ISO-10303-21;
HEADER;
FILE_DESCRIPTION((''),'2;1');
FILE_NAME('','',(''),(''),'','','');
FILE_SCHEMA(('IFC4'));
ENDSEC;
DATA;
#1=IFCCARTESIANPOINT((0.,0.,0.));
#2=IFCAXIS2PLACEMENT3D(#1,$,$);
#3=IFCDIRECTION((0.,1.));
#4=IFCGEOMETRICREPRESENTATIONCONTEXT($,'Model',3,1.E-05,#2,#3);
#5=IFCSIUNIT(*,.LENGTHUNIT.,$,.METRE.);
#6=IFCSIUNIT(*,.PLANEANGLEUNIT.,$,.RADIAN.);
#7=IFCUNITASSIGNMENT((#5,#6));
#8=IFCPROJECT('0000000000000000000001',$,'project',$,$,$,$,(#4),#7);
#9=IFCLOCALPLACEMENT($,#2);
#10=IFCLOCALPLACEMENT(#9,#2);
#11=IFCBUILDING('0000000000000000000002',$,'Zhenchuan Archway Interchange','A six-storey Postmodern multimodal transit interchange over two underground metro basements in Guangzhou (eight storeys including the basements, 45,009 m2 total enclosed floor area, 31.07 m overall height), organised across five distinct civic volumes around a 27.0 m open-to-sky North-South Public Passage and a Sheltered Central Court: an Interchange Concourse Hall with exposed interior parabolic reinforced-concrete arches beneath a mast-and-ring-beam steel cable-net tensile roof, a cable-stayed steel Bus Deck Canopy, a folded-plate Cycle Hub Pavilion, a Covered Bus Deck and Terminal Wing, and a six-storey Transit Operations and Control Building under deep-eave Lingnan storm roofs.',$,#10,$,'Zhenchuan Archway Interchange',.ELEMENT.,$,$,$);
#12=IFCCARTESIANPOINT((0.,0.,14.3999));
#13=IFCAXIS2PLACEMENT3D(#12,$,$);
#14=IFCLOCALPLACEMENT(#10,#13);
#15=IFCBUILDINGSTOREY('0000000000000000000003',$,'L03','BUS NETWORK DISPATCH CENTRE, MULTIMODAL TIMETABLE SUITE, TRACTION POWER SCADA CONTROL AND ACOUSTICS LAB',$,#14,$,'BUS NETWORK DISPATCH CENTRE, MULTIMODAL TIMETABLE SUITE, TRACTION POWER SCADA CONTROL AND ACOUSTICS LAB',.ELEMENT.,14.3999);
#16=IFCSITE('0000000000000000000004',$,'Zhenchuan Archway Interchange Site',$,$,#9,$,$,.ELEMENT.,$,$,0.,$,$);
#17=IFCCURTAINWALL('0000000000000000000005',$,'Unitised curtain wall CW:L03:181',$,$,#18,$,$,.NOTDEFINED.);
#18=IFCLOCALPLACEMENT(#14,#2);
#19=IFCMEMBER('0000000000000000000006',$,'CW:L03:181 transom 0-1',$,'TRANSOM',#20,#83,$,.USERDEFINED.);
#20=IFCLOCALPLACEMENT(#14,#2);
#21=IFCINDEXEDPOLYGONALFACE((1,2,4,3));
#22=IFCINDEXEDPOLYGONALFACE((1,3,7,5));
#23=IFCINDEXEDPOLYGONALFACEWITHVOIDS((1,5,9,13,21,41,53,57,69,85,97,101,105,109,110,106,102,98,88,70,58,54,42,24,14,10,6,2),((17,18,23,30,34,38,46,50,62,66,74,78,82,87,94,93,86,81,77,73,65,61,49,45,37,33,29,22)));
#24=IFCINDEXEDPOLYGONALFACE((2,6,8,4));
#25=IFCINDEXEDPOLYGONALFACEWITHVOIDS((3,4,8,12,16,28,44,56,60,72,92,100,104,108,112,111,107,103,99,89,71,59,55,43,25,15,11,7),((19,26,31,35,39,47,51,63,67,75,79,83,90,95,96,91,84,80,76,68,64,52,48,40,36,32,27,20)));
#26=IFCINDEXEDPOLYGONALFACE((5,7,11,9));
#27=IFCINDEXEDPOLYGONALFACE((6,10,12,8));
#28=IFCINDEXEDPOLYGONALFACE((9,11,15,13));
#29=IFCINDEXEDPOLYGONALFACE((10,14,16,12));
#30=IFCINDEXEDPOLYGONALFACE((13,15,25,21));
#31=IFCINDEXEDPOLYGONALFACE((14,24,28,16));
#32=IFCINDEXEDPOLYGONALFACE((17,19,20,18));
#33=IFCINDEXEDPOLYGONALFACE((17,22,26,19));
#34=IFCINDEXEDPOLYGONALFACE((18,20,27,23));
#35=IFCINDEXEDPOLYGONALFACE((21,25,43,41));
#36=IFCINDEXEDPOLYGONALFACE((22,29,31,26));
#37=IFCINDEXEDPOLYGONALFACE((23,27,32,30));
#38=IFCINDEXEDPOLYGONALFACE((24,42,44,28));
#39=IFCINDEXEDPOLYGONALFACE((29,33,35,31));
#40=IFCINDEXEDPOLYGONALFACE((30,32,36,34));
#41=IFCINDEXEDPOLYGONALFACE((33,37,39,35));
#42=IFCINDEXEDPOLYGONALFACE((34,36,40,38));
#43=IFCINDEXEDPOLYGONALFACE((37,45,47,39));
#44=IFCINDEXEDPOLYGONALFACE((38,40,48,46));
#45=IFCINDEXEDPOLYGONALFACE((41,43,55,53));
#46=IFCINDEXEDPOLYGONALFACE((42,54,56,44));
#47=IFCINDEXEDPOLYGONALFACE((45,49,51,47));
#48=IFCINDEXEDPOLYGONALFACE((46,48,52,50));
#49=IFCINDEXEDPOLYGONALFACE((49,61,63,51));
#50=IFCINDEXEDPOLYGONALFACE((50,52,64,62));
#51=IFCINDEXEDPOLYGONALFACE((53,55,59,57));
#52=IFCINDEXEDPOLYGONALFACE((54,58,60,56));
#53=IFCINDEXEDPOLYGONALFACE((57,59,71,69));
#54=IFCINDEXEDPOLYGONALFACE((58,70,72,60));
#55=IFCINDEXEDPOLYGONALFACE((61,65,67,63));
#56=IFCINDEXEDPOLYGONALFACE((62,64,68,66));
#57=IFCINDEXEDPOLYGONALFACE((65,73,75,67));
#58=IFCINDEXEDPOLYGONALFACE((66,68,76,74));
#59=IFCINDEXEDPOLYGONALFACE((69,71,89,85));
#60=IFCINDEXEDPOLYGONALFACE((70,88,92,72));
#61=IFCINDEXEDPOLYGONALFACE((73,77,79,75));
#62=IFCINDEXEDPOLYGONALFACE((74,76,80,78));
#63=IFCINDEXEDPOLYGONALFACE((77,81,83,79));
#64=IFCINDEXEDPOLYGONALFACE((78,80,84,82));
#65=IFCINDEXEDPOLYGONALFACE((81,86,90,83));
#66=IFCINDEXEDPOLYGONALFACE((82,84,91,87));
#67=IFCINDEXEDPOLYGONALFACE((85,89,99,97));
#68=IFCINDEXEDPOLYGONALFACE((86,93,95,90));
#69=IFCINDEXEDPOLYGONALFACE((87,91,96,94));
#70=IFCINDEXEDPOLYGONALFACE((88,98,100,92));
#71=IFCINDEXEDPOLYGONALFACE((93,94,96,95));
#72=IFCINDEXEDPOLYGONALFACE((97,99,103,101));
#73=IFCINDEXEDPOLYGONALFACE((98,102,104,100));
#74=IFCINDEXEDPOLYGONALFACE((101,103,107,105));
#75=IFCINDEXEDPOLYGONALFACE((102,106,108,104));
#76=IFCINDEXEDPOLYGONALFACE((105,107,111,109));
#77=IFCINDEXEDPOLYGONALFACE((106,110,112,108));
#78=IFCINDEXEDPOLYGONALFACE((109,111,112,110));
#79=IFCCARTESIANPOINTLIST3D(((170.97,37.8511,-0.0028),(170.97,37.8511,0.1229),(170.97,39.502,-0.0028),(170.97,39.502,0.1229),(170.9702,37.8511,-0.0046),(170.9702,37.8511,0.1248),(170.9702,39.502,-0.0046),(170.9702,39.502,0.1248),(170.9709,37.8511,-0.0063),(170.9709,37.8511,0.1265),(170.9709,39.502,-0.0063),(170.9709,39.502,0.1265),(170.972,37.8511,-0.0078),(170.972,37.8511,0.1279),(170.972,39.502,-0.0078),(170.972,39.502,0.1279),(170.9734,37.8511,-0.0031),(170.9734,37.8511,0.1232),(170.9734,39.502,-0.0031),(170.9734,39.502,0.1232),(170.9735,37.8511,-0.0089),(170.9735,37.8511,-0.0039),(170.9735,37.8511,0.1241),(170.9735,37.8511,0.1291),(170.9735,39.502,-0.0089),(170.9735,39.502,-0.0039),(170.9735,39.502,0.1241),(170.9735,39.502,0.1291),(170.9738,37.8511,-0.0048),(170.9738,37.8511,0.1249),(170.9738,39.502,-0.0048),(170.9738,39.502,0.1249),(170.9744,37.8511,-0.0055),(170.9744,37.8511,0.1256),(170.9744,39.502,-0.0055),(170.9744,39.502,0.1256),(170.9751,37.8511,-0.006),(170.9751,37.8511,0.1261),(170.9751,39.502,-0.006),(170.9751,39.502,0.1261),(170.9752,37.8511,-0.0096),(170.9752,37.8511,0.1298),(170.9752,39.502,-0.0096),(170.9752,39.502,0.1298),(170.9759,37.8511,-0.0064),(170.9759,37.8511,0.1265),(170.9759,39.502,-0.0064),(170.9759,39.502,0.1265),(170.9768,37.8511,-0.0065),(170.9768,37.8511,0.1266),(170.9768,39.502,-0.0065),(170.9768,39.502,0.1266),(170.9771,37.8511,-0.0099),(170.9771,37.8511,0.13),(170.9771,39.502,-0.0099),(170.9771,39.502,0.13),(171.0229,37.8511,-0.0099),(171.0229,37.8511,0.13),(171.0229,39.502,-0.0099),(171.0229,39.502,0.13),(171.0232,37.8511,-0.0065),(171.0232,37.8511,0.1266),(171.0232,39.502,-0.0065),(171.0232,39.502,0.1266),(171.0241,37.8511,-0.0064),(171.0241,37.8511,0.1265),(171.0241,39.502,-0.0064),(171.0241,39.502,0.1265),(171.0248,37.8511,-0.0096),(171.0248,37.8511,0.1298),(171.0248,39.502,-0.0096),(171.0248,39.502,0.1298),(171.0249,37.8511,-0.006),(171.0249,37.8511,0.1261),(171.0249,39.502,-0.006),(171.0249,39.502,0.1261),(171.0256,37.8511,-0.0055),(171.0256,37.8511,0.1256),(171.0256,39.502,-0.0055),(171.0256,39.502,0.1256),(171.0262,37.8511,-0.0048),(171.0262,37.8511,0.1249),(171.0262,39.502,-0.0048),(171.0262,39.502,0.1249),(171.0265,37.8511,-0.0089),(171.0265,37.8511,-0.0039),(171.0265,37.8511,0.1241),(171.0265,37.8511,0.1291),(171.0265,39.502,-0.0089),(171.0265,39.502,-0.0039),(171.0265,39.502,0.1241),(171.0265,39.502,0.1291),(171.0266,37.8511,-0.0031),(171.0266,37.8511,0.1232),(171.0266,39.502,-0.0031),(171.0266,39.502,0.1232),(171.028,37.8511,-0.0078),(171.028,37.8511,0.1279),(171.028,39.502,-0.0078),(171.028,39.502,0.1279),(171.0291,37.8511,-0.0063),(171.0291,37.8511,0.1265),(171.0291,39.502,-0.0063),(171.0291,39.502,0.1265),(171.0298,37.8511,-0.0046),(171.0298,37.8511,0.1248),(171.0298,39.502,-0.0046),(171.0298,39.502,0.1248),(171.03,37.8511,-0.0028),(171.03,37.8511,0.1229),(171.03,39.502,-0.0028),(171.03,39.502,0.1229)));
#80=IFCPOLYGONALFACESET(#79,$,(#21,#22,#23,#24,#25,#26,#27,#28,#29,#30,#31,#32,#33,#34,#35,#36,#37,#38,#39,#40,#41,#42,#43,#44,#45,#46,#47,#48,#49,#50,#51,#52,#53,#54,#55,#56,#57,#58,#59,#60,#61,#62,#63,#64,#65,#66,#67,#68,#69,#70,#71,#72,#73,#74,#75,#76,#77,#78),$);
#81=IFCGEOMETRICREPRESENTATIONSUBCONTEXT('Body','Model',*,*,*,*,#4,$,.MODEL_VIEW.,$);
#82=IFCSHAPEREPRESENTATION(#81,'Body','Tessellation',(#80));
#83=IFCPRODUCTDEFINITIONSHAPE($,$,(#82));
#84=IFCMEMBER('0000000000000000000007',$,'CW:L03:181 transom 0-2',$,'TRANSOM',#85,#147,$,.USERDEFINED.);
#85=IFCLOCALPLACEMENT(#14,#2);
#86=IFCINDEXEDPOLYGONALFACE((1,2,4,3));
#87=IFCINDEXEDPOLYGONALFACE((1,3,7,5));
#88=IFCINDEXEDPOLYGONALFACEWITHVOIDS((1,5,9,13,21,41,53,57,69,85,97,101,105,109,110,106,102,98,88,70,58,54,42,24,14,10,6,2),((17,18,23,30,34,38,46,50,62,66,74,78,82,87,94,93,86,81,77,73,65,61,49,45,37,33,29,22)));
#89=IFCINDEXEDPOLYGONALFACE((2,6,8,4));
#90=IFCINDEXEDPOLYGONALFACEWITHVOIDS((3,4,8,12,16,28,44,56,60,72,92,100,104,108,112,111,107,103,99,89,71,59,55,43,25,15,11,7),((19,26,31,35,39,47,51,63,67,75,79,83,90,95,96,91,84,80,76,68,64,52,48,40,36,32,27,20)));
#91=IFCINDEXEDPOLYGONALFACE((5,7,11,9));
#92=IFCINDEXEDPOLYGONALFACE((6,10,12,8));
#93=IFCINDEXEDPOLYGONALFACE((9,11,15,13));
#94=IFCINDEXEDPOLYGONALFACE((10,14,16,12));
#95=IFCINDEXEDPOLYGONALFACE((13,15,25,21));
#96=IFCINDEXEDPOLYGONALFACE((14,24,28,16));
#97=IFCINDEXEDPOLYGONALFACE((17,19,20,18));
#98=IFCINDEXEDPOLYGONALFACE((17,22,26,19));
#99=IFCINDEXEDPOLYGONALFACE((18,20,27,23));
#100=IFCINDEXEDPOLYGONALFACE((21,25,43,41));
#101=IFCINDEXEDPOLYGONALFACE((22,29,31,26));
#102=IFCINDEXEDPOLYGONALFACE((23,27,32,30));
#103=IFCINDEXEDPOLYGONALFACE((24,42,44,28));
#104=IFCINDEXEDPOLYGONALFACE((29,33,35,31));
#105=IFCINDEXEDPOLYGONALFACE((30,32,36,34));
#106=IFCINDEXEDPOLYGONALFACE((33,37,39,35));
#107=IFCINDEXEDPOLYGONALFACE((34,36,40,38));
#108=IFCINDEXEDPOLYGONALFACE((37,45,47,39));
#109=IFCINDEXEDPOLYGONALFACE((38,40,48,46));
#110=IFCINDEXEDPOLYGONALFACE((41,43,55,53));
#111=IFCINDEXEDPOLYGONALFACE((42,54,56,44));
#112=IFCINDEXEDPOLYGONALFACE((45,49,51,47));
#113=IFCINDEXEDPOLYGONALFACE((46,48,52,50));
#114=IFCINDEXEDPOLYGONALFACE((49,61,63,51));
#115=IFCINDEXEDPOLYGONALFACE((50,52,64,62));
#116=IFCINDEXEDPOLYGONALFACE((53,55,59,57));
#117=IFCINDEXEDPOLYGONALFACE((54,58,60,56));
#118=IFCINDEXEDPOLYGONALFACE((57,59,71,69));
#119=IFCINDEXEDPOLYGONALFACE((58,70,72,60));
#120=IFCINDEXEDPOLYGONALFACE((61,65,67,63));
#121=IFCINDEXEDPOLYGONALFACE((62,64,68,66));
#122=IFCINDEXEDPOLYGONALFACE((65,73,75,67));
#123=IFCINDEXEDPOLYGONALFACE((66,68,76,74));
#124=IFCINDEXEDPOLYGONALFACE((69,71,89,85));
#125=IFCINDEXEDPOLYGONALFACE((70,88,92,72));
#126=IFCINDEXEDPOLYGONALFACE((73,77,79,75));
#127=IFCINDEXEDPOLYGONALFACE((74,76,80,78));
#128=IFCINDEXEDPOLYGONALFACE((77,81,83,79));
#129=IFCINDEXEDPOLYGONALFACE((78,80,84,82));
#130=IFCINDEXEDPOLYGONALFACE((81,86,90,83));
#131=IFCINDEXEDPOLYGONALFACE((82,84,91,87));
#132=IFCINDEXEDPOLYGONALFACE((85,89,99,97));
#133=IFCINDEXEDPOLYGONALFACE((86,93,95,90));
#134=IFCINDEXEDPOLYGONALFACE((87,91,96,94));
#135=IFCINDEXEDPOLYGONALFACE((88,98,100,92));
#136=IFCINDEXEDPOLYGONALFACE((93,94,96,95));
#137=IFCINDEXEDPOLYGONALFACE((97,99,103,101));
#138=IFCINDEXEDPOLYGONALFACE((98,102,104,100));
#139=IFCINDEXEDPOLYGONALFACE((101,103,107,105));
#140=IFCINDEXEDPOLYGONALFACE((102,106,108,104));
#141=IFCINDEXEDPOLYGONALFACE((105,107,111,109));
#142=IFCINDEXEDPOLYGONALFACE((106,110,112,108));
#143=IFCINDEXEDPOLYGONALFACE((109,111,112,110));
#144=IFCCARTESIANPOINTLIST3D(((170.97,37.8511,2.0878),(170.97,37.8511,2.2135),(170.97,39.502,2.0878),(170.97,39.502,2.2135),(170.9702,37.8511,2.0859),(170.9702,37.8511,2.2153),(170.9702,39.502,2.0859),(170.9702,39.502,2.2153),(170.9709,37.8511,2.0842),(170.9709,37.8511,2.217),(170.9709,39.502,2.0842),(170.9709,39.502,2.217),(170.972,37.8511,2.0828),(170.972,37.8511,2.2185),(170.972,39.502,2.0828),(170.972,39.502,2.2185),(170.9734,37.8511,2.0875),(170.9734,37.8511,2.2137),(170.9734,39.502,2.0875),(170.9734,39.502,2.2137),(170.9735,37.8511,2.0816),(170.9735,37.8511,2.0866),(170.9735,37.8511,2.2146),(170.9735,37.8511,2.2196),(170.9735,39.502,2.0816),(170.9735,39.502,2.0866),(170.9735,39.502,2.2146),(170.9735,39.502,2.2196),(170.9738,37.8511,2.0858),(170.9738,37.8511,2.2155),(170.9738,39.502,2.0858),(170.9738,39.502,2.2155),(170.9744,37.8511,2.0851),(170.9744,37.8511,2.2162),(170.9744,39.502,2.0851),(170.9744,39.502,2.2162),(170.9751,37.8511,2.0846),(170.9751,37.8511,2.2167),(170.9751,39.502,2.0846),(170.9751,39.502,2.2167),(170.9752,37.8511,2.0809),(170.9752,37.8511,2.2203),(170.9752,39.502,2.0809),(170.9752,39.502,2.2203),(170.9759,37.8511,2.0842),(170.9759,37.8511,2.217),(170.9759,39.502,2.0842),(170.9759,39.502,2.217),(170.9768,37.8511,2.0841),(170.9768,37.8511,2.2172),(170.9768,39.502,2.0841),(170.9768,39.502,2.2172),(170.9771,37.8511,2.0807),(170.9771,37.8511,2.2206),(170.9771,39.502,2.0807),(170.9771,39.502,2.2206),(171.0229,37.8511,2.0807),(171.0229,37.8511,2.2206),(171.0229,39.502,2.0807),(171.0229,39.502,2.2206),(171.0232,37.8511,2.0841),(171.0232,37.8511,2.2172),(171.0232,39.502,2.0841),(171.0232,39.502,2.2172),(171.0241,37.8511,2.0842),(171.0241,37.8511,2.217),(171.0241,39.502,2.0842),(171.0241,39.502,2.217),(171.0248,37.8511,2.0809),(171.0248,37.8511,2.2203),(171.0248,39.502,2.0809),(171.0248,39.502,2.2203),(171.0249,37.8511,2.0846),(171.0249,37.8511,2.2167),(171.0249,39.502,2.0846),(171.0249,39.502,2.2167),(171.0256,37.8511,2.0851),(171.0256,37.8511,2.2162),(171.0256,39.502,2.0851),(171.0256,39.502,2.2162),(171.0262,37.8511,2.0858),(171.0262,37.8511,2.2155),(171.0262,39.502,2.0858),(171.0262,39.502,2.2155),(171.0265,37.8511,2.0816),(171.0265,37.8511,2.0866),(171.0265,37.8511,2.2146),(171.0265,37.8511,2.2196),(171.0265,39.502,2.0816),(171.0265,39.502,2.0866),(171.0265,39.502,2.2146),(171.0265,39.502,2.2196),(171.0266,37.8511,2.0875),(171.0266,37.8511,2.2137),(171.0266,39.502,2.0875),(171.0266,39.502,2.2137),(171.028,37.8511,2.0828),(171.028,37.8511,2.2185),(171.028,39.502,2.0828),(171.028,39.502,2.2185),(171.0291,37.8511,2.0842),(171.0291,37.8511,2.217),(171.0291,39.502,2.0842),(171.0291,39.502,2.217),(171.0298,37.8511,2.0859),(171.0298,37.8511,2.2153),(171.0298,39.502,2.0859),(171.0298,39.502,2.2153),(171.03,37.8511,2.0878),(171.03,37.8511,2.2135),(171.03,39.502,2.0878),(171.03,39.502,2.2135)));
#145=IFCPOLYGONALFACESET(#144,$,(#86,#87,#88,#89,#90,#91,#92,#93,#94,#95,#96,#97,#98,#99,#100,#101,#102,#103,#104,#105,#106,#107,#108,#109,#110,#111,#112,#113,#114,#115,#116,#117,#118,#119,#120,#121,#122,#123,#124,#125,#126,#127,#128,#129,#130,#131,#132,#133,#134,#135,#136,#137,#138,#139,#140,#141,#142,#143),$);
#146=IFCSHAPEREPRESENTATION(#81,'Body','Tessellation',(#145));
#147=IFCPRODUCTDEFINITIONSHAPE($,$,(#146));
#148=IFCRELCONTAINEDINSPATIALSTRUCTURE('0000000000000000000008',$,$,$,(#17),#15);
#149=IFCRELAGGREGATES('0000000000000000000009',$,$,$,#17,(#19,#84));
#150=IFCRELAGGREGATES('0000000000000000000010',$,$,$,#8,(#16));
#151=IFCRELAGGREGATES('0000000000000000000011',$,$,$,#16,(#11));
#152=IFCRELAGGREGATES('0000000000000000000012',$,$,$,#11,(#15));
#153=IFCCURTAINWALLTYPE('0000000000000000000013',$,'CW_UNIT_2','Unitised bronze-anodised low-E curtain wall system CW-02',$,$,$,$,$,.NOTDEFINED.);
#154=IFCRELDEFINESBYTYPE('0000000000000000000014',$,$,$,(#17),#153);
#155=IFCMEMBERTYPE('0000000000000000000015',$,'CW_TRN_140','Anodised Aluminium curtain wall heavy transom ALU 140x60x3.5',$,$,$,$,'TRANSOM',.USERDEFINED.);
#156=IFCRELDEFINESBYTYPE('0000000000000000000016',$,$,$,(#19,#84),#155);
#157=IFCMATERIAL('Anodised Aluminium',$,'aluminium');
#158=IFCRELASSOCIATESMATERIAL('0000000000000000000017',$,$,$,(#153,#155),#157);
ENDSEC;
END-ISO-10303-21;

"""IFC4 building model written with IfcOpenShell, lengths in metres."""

from ifc_helpers import new_model, si_unit, direction, frame, origin, origin_2d, place, context, subcontext, project, spatial, hollow_rectangle, extrude, material, material_profile, profile_set, type_object, element, aggregate, save


model = new_model("IFC4")

# Units and contexts
model_context = context("Model", 3, precision=1e-05, world=origin(), true_north=direction((0.0, 1.0)))
body_context = subcontext(model_context, "Body", "Model", "MODEL_VIEW")
ifc_project = project(units=[si_unit("LENGTHUNIT", "METRE"), si_unit("PLANEANGLEUNIT", "RADIAN")], contexts=[model_context])

# Site, building, storey
site_placement = place(None, origin())
site = spatial("IfcSite", under=ifc_project, at=site_placement, Name="Zhenchuan Archway Interchange Site", CompositionType="ELEMENT", RefElevation=0.0)
building_placement = place(site_placement, origin())
building = spatial("IfcBuilding", under=site, at=building_placement, Name="Zhenchuan Archway Interchange", Description="A six-storey Postmodern multimodal transit interchange over two underground metro basements in Guangzhou (eight storeys including the basements, 45,009 m2 total enclosed floor area, 31.07 m overall height), organised across five distinct civic volumes around a 27.0 m open-to-sky North-South Public Passage and a Sheltered Central Court: an Interchange Concourse Hall with exposed interior parabolic reinforced-concrete arches beneath a mast-and-ring-beam steel cable-net tensile roof, a cable-stayed steel Bus Deck Canopy, a folded-plate Cycle Hub Pavilion, a Covered Bus Deck and Terminal Wing, and a six-storey Transit Operations and Control Building under deep-eave Lingnan storm roofs.", LongName="Zhenchuan Archway Interchange", CompositionType="ELEMENT")
storey_placement = place(building_placement, frame((0.0, 0.0, 14.3999)))
storey = spatial("IfcBuildingStorey", under=building, at=storey_placement, Name="L03", Description="BUS NETWORK DISPATCH CENTRE, MULTIMODAL TIMETABLE SUITE, TRACTION POWER SCADA CONTROL AND ACOUSTICS LAB", LongName="BUS NETWORK DISPATCH CENTRE, MULTIMODAL TIMETABLE SUITE, TRACTION POWER SCADA CONTROL AND ACOUSTICS LAB", CompositionType="ELEMENT", Elevation=14.3999)

# Curtain wall
ifc_material_1 = material(Name="Anodised Aluminium", Category="aluminium")
curtain_wall_type_1 = type_object("IfcCurtainWallType", Name="CW_UNIT_2", Description="Unitised bronze-anodised low-E curtain wall system CW-02", PredefinedType="NOTDEFINED", material=ifc_material_1)
curtain_wall_1_placement = place(storey_placement, origin())
curtain_wall_1 = element("IfcCurtainWall", 1, at=curtain_wall_1_placement, inside=storey, type_object=curtain_wall_type_1, Name="Unitised curtain wall CW:L03:181", PredefinedType="NOTDEFINED")

# Members
ifc_material_profile_1 = material_profile(ifc_material_1, hollow_rectangle(XDim=0.0601, YDim=0.1399, WallThickness=0.0034, InnerFilletRadius=0.0034, OuterFilletRadius=0.0071, at=origin_2d()), Name="ALU 140x60x3.5")
ifc_profile_set_1 = profile_set([ifc_material_profile_1], Name="Anodised Aluminium")
member_type_1 = type_object("IfcMemberType", Name="CW_TRN_140", Description="Anodised Aluminium curtain wall heavy transom ALU 140x60x3.5", ElementType="TRANSOM", PredefinedType="USERDEFINED", material=ifc_profile_set_1)
member_1_placement = place(storey_placement, frame((171.0, 39.502, 0.0601), z_axis=(0.0, -1.0, 0.0), x_axis=(1.0, 0.0, 0.0)))
member_1 = element("IfcMember", 2, at=member_1_placement, type_object=member_type_1, Name="CW:L03:181 transom 0-1", ObjectType="TRANSOM", PredefinedType="USERDEFINED", context=body_context, shape_type="SweptSolid", body=[
    extrude(hollow_rectangle(XDim=0.0601, YDim=0.1399, WallThickness=0.0034, InnerFilletRadius=0.0034, OuterFilletRadius=0.0071, at=origin_2d()), origin(), (0.0, 0.0, 1.0), 1.6509),
])
member_2_placement = place(storey_placement, frame((171.0, 39.502, 2.1506), z_axis=(0.0, -1.0, 0.0), x_axis=(1.0, 0.0, 0.0)))
member_2 = element("IfcMember", 3, at=member_2_placement, type_object=member_type_1, Name="CW:L03:181 transom 0-2", ObjectType="TRANSOM", PredefinedType="USERDEFINED", context=body_context, shape_type="SweptSolid", body=[
    extrude(hollow_rectangle(XDim=0.0601, YDim=0.1399, WallThickness=0.0034, InnerFilletRadius=0.0034, OuterFilletRadius=0.0071, at=origin_2d()), origin(), (0.0, 0.0, 1.0), 1.6509),
])

aggregate(curtain_wall_1, [member_1, member_2])

save(model, "model.ifc")
